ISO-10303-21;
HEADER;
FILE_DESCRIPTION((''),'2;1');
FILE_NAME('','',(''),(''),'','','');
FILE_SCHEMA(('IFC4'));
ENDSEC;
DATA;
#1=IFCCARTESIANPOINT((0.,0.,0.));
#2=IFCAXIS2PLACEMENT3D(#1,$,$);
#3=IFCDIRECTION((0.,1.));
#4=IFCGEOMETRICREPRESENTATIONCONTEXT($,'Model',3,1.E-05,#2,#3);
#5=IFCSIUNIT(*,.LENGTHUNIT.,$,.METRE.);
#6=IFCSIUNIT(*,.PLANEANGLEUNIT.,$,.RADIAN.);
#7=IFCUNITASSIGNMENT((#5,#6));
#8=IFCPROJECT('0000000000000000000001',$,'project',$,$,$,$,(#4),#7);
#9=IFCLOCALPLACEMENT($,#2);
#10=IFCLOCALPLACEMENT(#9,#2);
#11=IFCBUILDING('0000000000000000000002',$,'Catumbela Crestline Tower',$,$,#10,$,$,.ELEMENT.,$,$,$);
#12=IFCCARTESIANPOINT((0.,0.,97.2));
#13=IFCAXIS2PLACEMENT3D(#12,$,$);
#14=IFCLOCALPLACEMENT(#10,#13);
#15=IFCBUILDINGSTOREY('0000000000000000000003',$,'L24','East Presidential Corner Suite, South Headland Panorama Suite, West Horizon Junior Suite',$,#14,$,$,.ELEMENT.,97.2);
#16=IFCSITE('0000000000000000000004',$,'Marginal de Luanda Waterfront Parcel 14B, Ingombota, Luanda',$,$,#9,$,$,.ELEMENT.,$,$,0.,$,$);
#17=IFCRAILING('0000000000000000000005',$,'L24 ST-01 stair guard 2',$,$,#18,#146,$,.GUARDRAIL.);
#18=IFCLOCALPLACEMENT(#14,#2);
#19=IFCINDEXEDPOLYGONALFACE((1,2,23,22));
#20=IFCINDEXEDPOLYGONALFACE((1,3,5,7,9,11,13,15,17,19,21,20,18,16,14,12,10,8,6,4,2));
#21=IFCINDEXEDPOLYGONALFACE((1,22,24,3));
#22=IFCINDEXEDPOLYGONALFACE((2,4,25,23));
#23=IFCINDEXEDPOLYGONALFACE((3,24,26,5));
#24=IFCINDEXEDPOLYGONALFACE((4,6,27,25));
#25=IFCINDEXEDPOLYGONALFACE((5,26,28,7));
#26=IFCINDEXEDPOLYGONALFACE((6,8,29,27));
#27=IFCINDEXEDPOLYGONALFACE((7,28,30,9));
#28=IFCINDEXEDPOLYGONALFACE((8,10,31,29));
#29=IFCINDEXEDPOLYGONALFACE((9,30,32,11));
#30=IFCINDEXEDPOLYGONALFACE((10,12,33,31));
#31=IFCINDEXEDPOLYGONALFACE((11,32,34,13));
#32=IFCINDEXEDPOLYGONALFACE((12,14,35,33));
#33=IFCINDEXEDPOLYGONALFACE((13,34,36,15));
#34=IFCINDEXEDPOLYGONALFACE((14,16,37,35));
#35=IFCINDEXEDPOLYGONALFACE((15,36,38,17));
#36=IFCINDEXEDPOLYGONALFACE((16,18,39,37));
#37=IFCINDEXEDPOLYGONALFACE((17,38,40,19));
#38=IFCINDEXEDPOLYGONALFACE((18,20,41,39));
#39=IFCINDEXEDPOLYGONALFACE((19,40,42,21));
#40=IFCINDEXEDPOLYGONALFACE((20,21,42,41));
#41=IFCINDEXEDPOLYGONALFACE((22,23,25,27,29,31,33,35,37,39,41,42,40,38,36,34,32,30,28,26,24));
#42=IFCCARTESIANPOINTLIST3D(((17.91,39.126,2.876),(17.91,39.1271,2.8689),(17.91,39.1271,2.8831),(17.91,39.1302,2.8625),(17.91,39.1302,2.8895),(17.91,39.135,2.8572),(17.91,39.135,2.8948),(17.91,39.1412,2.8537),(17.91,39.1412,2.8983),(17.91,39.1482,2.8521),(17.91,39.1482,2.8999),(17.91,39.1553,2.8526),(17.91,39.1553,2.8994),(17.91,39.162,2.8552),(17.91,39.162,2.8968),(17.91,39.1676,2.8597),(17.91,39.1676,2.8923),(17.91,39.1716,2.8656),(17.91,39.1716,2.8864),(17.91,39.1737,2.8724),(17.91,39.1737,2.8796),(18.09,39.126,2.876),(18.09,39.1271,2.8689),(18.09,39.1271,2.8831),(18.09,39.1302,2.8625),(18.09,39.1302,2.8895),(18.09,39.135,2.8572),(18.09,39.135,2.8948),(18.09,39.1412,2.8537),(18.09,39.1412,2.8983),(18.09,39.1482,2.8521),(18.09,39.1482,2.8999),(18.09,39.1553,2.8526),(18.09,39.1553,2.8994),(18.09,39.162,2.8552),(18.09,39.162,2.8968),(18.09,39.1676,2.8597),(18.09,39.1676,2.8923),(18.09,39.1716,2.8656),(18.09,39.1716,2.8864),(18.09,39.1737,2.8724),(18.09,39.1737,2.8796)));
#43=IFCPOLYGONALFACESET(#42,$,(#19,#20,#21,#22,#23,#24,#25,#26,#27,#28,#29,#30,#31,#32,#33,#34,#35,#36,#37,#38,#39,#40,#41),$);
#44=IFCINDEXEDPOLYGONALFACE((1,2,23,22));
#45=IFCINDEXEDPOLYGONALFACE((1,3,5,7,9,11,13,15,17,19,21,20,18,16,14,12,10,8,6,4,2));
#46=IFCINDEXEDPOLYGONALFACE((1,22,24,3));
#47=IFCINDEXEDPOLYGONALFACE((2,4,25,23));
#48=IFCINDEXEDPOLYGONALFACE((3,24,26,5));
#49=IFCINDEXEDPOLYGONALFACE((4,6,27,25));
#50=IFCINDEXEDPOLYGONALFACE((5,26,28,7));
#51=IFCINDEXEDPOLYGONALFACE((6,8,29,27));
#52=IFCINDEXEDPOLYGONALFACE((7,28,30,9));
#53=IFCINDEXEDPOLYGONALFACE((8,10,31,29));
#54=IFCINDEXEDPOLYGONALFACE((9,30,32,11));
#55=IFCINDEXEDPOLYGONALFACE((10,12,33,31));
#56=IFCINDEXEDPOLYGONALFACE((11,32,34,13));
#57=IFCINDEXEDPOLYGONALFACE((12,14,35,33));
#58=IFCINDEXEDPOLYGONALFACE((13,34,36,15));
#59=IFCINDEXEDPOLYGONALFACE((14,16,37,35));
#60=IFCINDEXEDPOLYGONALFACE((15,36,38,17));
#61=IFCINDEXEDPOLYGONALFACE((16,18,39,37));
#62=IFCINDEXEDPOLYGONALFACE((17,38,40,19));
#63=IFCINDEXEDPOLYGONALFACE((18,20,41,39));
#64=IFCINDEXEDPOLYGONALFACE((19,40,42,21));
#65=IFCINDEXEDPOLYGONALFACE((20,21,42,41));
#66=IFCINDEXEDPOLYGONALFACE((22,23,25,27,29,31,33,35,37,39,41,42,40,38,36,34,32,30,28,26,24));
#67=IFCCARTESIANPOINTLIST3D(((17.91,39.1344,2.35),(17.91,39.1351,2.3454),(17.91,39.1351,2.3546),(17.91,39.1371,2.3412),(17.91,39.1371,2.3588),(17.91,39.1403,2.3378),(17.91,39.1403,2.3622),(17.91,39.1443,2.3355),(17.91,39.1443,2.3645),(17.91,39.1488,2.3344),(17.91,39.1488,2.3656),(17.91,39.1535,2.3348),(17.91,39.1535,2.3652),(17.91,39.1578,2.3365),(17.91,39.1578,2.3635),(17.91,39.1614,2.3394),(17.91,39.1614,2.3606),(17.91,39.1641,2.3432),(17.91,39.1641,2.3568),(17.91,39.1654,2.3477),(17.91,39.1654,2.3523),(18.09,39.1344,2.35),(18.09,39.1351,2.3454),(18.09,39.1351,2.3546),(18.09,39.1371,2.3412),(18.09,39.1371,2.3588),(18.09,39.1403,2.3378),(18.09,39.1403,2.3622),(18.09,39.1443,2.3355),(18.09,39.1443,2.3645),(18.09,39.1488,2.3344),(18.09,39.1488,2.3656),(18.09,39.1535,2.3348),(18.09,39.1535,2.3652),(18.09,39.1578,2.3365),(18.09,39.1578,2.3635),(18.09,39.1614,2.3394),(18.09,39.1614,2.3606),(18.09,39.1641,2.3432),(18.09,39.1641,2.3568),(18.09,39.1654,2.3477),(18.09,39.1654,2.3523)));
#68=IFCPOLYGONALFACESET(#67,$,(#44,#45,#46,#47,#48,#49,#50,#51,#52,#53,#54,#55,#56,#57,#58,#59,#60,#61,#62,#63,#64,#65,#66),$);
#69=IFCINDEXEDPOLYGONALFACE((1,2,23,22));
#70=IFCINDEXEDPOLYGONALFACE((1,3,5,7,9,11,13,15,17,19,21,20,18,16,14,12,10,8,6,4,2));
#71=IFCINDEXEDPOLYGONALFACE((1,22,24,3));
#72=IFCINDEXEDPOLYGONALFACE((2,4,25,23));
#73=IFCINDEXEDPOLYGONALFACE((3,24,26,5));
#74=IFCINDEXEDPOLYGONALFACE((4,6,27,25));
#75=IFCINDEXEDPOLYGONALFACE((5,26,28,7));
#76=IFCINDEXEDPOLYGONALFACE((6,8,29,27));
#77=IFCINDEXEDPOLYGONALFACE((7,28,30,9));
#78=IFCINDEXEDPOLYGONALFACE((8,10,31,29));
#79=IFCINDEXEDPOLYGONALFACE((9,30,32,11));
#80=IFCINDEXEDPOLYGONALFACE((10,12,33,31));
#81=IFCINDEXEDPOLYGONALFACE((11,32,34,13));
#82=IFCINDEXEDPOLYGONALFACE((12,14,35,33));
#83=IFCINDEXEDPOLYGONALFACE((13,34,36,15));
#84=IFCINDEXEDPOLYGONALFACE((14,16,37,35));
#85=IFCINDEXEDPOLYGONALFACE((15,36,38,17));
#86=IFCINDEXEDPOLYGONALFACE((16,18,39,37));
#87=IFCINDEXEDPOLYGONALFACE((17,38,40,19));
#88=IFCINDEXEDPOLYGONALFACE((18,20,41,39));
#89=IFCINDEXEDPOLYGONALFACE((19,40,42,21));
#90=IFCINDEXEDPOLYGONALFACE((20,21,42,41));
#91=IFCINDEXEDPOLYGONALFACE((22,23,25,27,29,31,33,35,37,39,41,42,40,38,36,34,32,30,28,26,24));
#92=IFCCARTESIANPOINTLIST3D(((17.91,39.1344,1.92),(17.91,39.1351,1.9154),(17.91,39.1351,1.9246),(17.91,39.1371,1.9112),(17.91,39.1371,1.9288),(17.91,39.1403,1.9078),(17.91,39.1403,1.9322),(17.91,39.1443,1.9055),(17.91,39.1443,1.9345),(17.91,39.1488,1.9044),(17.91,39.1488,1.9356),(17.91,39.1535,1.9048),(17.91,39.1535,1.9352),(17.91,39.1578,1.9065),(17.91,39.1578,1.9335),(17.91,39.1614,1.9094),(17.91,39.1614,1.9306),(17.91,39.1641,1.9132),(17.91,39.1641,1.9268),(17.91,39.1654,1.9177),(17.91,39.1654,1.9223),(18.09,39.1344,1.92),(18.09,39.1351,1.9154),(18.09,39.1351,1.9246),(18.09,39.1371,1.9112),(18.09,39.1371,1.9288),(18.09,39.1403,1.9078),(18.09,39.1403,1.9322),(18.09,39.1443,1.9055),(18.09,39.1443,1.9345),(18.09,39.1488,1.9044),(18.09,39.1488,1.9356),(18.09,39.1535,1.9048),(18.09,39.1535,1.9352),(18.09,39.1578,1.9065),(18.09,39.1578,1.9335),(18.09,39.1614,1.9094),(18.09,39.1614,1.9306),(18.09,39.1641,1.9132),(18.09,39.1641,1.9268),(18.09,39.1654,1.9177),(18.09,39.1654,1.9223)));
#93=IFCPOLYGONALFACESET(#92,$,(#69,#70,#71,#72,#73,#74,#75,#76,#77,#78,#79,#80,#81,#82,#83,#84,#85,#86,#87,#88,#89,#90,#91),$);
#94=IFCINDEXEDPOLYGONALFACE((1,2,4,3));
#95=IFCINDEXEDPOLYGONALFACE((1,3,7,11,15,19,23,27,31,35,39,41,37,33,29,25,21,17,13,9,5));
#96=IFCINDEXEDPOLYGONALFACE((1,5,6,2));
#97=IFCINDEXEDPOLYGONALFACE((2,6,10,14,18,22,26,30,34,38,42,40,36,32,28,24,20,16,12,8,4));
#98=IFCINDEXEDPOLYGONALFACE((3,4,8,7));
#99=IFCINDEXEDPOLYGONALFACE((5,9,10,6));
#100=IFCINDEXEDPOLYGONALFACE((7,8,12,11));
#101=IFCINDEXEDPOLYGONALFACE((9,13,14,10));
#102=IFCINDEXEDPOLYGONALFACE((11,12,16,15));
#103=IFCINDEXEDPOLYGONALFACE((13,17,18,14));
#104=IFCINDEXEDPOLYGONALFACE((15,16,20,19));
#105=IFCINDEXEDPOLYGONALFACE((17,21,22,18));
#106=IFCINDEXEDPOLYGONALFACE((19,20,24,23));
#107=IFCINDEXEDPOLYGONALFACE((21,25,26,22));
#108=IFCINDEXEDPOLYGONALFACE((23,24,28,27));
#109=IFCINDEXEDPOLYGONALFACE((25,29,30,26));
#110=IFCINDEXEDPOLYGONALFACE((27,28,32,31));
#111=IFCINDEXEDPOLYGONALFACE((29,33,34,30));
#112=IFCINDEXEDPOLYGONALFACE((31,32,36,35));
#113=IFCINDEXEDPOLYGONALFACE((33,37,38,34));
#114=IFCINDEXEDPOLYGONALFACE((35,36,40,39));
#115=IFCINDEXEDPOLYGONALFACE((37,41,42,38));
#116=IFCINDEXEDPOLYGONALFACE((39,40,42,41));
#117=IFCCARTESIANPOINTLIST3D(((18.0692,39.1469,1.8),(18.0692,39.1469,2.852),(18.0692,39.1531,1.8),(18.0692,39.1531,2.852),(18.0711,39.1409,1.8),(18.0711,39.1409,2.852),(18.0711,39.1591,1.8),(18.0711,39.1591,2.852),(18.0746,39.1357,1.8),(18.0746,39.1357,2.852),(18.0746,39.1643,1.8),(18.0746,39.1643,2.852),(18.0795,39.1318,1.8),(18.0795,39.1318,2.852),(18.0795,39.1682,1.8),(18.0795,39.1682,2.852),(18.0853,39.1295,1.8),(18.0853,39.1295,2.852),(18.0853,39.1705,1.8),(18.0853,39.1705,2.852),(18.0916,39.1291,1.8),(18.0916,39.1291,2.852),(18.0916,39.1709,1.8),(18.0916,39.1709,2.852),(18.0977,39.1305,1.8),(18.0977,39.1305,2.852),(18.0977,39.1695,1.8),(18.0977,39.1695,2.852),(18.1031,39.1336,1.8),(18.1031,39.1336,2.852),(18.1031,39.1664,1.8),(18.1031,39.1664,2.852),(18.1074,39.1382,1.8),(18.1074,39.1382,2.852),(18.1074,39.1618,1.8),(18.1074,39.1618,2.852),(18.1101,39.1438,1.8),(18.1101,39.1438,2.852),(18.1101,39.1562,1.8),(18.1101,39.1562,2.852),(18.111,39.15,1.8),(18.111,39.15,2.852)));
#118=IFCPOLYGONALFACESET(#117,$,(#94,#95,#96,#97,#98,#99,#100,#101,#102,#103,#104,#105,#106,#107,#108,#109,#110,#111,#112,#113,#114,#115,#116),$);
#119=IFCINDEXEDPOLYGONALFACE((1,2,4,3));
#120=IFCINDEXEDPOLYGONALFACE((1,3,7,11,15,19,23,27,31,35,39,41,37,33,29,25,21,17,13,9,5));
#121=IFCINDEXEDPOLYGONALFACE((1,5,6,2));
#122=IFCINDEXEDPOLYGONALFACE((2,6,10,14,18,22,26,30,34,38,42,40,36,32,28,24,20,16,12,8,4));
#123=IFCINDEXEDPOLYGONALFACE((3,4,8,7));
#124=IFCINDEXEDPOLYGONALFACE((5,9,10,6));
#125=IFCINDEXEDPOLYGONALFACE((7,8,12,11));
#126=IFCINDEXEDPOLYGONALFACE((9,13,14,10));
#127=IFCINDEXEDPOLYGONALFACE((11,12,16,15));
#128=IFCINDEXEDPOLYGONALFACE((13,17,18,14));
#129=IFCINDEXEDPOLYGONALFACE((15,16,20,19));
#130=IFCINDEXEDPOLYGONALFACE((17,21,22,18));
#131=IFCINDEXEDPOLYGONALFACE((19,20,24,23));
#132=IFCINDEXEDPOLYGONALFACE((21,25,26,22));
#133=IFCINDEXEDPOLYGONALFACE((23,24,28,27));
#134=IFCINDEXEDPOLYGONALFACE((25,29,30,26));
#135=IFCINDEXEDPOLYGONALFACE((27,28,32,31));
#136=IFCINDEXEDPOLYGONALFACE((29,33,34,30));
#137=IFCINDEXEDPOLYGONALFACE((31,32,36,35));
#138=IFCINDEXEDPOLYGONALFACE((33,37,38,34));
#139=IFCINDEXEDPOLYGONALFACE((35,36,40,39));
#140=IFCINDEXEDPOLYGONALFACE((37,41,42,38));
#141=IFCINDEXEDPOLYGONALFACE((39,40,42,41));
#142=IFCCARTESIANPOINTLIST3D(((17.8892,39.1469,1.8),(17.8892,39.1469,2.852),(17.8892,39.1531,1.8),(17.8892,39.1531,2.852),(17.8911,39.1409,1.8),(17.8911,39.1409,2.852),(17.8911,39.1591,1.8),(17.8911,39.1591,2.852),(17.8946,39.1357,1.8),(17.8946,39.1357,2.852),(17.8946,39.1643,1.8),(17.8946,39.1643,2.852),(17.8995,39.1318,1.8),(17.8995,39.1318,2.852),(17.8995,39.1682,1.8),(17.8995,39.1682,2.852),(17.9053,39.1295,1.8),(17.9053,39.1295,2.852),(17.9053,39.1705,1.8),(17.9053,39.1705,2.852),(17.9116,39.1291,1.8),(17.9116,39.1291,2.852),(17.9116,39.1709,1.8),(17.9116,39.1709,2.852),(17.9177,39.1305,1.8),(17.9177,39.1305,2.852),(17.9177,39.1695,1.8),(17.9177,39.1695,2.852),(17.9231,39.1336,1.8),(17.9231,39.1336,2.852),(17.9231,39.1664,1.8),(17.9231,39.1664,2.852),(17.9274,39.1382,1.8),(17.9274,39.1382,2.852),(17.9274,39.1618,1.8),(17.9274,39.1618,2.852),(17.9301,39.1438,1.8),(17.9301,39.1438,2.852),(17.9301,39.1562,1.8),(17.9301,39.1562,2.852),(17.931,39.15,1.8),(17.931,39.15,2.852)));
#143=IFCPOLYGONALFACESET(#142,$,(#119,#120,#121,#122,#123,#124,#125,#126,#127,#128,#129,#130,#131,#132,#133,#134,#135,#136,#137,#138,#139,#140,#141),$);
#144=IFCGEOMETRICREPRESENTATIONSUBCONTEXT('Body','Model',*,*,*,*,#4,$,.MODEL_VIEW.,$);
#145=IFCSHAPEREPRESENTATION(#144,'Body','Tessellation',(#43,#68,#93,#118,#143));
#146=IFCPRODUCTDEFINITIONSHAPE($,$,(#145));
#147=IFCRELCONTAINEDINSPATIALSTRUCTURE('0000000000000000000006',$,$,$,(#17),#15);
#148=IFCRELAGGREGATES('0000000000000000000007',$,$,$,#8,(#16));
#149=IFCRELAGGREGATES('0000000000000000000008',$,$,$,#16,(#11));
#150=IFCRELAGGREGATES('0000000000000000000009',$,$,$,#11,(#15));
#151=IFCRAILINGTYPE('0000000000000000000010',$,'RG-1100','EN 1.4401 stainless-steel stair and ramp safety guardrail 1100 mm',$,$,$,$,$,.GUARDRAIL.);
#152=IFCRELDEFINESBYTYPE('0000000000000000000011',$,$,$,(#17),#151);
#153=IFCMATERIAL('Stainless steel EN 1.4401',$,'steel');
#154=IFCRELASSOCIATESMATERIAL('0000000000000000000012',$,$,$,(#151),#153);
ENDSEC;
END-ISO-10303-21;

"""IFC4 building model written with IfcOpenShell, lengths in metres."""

from ifc_helpers import new_model, si_unit, direction, frame, origin, origin_2d, place, context, subcontext, project, spatial, circle, extrude, material, type_object, element, save


model = new_model("IFC4")

# Units and contexts
model_context = context("Model", 3, precision=1e-05, world=origin(), true_north=direction((0.0, 1.0)))
body_context = subcontext(model_context, "Body", "Model", "MODEL_VIEW")
ifc_project = project(units=[si_unit("LENGTHUNIT", "METRE"), si_unit("PLANEANGLEUNIT", "RADIAN")], contexts=[model_context])

# Site, building, storey
site_placement = place(None, origin())
site = spatial("IfcSite", under=ifc_project, at=site_placement, Name="Marginal de Luanda Waterfront Parcel 14B, Ingombota, Luanda", CompositionType="ELEMENT", RefElevation=0.0)
building_placement = place(site_placement, origin())
building = spatial("IfcBuilding", under=site, at=building_placement, Name="Catumbela Crestline Tower", CompositionType="ELEMENT")
storey_placement = place(building_placement, frame((0.0, 0.0, 97.2)))
storey = spatial("IfcBuildingStorey", under=building, at=storey_placement, Name="L24", Description="East Presidential Corner Suite, South Headland Panorama Suite, West Horizon Junior Suite", CompositionType="ELEMENT", Elevation=97.2)

# Railing
ifc_material_1 = material(Name="Stainless steel EN 1.4401", Category="steel")
railing_type_1 = type_object("IfcRailingType", Name="RG-1100", Description="EN 1.4401 stainless-steel stair and ramp safety guardrail 1100 mm", PredefinedType="GUARDRAIL", material=ifc_material_1)
railing_1_placement = place(storey_placement, frame((18.09, 39.15, 1.8)))
element("IfcRailing", 1, at=railing_1_placement, inside=storey, type_object=railing_type_1, Name="L24 ST-01 stair guard 2", PredefinedType="GUARDRAIL", context=body_context, shape_type="SweptSolid", body=[
    extrude(circle(Radius=0.024, at=origin_2d()), frame((0.0, 0.0, 1.076), z_axis=(-1.0, 0.0, 0.0), x_axis=(0.0, -1.0, 0.0)), (0.0, 0.0, 1.0), 0.18),
    extrude(circle(Radius=0.0156, at=origin_2d()), frame((0.0, 0.0, 0.55), z_axis=(-1.0, 0.0, 0.0), x_axis=(0.0, -1.0, 0.0)), (0.0, 0.0, 1.0), 0.18),
    extrude(circle(Radius=0.0156, at=origin_2d()), frame((0.0, 0.0, 0.12), z_axis=(-1.0, 0.0, 0.0), x_axis=(0.0, -1.0, 0.0)), (0.0, 0.0, 1.0), 0.18),
    extrude(circle(Radius=0.021, at=origin_2d()), origin(), (0.0, 0.0, 1.0), 1.052),
    extrude(circle(Radius=0.021, at=origin_2d()), frame((-0.18, 0.0, 0.0)), (0.0, 0.0, 1.0), 1.052),
])

save(model, "model.ifc")
